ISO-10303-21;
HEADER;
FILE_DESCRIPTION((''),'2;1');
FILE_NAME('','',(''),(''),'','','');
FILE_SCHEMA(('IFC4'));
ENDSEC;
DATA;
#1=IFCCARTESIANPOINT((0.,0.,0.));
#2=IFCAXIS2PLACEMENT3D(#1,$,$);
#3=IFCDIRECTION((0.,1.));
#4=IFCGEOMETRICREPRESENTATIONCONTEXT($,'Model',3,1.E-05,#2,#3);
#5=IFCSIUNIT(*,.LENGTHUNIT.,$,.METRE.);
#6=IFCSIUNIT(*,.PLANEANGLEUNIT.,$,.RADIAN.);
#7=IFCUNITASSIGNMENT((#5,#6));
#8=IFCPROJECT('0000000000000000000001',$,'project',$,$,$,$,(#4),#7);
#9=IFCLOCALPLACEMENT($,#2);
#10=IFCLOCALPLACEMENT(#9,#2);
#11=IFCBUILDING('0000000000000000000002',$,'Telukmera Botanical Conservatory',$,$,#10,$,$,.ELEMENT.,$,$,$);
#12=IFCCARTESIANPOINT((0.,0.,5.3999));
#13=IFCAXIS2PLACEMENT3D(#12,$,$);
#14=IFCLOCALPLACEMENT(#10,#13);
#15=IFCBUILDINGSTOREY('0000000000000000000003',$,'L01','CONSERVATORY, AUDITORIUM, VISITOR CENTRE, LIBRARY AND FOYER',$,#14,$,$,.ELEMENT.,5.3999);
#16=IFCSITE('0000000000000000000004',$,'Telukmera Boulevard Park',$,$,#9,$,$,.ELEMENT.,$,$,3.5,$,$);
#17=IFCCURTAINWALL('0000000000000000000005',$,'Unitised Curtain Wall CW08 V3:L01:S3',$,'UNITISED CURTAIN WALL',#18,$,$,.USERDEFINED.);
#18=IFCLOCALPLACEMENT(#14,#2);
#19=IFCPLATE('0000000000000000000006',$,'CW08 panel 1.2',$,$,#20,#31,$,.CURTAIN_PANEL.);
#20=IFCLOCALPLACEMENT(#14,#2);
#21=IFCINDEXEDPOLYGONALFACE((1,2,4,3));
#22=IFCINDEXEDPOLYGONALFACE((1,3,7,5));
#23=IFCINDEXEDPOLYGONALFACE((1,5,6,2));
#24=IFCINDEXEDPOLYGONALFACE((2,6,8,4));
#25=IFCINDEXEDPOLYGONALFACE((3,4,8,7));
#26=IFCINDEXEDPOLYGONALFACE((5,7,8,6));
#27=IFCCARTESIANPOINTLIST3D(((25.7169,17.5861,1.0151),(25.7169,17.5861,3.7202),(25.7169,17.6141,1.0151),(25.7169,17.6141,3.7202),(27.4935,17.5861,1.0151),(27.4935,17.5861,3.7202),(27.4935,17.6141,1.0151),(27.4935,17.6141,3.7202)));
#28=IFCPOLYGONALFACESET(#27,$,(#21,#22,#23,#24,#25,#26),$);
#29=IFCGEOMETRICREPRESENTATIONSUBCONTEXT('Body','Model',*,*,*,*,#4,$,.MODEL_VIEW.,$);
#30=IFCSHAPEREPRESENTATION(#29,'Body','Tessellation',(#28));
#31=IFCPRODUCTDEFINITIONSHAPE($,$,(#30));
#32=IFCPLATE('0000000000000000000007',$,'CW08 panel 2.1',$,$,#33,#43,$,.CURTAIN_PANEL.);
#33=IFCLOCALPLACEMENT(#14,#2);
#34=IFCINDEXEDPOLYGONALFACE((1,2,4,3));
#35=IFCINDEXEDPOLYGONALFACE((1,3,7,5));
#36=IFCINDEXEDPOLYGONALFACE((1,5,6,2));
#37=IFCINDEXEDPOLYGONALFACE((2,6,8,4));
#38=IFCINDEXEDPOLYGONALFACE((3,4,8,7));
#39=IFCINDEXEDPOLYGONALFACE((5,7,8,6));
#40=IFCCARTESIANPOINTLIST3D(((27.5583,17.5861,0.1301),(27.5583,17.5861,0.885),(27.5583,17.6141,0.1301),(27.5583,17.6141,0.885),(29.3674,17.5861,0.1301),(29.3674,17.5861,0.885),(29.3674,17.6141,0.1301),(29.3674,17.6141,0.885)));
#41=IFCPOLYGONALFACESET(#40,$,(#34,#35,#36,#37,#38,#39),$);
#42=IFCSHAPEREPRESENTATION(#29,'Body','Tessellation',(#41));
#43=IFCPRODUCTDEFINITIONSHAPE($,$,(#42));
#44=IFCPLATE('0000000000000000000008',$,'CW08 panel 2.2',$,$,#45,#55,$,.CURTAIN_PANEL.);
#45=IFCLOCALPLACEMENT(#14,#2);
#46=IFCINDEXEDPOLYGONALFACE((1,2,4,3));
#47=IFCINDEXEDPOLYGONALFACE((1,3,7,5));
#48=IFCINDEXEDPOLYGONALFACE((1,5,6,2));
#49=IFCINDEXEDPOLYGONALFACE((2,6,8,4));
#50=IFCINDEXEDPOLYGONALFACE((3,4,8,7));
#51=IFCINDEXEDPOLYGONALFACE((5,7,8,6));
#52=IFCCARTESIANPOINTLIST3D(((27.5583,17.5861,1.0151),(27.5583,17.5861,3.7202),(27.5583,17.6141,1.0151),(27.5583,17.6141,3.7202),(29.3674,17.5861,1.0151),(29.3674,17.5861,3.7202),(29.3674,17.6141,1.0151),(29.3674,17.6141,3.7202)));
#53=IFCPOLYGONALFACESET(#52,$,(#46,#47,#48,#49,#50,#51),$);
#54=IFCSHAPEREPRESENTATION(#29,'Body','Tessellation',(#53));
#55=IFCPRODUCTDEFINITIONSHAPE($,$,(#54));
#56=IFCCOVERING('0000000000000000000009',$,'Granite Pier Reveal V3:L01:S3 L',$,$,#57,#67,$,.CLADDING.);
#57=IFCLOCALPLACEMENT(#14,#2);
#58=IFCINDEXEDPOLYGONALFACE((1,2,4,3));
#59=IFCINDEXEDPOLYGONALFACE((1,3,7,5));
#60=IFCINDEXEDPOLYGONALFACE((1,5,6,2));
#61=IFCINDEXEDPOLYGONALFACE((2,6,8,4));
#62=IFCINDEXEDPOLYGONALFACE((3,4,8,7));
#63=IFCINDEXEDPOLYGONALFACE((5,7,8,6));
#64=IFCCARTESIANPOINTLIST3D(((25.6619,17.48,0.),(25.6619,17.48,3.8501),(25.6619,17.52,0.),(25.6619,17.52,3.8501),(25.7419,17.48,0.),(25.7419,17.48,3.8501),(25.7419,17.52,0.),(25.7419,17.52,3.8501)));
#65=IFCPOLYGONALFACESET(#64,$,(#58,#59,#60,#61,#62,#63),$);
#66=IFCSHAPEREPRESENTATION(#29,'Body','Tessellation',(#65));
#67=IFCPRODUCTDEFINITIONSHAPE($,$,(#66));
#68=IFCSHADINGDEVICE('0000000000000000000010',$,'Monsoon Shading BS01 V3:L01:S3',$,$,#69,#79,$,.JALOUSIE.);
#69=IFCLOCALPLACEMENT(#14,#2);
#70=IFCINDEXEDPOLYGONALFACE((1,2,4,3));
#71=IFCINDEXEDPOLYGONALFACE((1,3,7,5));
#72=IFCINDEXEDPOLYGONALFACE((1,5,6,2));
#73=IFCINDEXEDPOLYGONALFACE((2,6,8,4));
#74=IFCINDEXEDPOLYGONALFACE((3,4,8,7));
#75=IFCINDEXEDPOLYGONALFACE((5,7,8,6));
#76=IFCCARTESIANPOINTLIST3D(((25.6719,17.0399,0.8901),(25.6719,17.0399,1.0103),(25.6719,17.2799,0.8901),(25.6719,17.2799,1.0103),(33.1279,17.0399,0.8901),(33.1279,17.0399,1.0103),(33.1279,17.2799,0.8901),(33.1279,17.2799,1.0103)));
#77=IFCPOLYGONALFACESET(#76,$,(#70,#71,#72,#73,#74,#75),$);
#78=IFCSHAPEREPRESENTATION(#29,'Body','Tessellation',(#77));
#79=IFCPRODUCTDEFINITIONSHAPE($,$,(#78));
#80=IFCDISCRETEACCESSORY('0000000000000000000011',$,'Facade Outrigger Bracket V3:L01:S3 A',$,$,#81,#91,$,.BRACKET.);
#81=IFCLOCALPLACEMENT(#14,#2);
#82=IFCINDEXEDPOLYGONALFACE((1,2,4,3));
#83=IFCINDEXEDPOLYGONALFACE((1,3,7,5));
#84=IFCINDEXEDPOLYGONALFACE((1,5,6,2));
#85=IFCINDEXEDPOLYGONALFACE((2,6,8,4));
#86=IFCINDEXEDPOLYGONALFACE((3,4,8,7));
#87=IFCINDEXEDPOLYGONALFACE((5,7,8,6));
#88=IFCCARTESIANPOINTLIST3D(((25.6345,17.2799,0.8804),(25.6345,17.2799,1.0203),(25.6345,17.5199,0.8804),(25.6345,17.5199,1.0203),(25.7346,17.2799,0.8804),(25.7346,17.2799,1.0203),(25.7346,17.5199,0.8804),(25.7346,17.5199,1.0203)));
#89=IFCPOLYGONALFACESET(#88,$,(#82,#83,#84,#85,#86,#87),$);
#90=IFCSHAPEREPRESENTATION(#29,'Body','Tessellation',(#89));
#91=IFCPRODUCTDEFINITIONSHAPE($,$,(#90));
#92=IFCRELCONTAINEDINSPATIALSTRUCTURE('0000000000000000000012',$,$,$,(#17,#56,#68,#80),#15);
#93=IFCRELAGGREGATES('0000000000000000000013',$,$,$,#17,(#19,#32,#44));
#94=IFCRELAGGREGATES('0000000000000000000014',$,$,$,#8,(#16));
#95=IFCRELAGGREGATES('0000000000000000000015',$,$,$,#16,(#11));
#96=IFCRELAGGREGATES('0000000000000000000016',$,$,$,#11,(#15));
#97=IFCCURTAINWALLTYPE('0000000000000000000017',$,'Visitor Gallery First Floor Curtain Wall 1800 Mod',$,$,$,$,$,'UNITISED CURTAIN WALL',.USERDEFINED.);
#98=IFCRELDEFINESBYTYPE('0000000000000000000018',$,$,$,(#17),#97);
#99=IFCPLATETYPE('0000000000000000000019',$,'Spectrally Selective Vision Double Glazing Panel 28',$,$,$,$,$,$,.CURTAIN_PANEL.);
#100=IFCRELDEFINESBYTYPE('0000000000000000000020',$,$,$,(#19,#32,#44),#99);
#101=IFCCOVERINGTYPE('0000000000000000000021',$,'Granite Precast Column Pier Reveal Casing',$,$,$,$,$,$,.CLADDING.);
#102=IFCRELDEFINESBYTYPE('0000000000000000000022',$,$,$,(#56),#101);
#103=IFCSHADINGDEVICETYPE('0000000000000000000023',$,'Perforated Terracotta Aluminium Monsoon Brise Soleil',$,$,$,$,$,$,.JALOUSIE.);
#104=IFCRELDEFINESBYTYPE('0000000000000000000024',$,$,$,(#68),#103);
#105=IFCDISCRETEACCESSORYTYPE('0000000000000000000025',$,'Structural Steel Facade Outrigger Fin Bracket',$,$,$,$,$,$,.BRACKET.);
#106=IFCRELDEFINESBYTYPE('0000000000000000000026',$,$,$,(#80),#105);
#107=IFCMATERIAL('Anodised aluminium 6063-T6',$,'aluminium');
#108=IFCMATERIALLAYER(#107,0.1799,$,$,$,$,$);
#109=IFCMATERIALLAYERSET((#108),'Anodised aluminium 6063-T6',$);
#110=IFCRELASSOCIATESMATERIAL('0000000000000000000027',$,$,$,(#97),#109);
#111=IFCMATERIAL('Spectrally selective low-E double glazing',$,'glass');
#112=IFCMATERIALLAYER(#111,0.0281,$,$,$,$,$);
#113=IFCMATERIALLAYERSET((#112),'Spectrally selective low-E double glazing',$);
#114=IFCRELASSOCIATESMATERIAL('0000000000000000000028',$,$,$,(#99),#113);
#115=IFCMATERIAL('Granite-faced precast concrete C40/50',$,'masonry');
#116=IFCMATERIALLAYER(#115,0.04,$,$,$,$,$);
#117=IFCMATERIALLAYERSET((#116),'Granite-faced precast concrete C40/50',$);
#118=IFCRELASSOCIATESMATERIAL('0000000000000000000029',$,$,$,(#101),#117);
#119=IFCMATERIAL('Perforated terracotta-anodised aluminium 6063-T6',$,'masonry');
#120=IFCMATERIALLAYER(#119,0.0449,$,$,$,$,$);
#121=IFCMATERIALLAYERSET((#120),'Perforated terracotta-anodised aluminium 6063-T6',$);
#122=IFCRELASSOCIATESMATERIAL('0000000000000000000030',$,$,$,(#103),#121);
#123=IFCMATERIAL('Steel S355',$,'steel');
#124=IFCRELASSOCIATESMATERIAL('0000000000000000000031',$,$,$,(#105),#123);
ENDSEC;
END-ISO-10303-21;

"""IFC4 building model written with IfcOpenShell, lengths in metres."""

from ifc_helpers import new_model, si_unit, direction, frame, origin, origin_2d, place, context, subcontext, project, spatial, rectangle, extrude, material, layer, layer_set, type_object, element, aggregate, save


model = new_model("IFC4")

# Units and contexts
model_context = context("Model", 3, precision=1e-05, world=origin(), true_north=direction((0.0, 1.0)))
body_context = subcontext(model_context, "Body", "Model", "MODEL_VIEW")
ifc_project = project(units=[si_unit("LENGTHUNIT", "METRE"), si_unit("PLANEANGLEUNIT", "RADIAN")], contexts=[model_context])

# Site, building, storey
site_placement = place(None, origin())
site = spatial("IfcSite", under=ifc_project, at=site_placement, Name="Telukmera Boulevard Park", CompositionType="ELEMENT", RefElevation=3.5)
building_placement = place(site_placement, origin())
building = spatial("IfcBuilding", under=site, at=building_placement, Name="Telukmera Botanical Conservatory", CompositionType="ELEMENT")
storey_placement = place(building_placement, frame((0.0, 0.0, 5.3999)))
storey = spatial("IfcBuildingStorey", under=building, at=storey_placement, Name="L01", Description="CONSERVATORY, AUDITORIUM, VISITOR CENTRE, LIBRARY AND FOYER", CompositionType="ELEMENT", Elevation=5.3999)

# Curtain wall, plates
ifc_material_1 = material(Name="Anodised aluminium 6063-T6", Category="aluminium")
ifc_layer_1 = layer(ifc_material_1, 0.1799)
ifc_layer_set_1 = layer_set([ifc_layer_1], Name="Anodised aluminium 6063-T6")
curtain_wall_type = type_object("IfcCurtainWallType", Name="Visitor Gallery First Floor Curtain Wall 1800 Mod", ElementType="UNITISED CURTAIN WALL", PredefinedType="USERDEFINED", material=ifc_layer_set_1)
curtain_wall_placement = place(storey_placement, origin())
curtain_wall = element("IfcCurtainWall", 1, at=curtain_wall_placement, inside=storey, type_object=curtain_wall_type, Name="Unitised Curtain Wall CW08 V3:L01:S3", ObjectType="UNITISED CURTAIN WALL", PredefinedType="USERDEFINED")
ifc_material_2 = material(Name="Spectrally selective low-E double glazing", Category="glass")
ifc_layer_2 = layer(ifc_material_2, 0.0281)
ifc_layer_set_2 = layer_set([ifc_layer_2], Name="Spectrally selective low-E double glazing")
plate_type = type_object("IfcPlateType", Name="Spectrally Selective Vision Double Glazing Panel 28", PredefinedType="CURTAIN_PANEL", material=ifc_layer_set_2)
plate_1_placement = place(storey_placement, frame((26.6052, 17.6001, 1.0151), z_axis=(0.0, 0.0, 1.0), x_axis=(1.0, 0.0, 0.0)))
plate_1 = element("IfcPlate", 2, at=plate_1_placement, type_object=plate_type, Name="CW08 panel 1.2", PredefinedType="CURTAIN_PANEL", context=body_context, shape_type="SweptSolid", body=[
    extrude(rectangle(XDim=1.7766, YDim=0.0281, at=origin_2d()), origin(), (0.0, 0.0, 1.0), 2.7051),
])
plate_2_placement = place(storey_placement, frame((28.4629, 17.6001, 0.1301), z_axis=(0.0, 0.0, 1.0), x_axis=(1.0, 0.0, 0.0)))
plate_2 = element("IfcPlate", 3, at=plate_2_placement, type_object=plate_type, Name="CW08 panel 2.1", PredefinedType="CURTAIN_PANEL", context=body_context, shape_type="SweptSolid", body=[
    extrude(rectangle(XDim=1.8091, YDim=0.0281, at=origin_2d()), origin(), (0.0, 0.0, 1.0), 0.7549),
])
plate_3_placement = place(storey_placement, frame((28.4629, 17.6001, 1.0151), z_axis=(0.0, 0.0, 1.0), x_axis=(1.0, 0.0, 0.0)))
plate_3 = element("IfcPlate", 4, at=plate_3_placement, type_object=plate_type, Name="CW08 panel 2.2", PredefinedType="CURTAIN_PANEL", context=body_context, shape_type="SweptSolid", body=[
    extrude(rectangle(XDim=1.8091, YDim=0.0281, at=origin_2d()), origin(), (0.0, 0.0, 1.0), 2.7051),
])
aggregate(curtain_wall, [plate_1, plate_2, plate_3])

# Covering
ifc_material_3 = material(Name="Granite-faced precast concrete C40/50", Category="masonry")
ifc_layer_3 = layer(ifc_material_3, 0.04)
ifc_layer_set_3 = layer_set([ifc_layer_3], Name="Granite-faced precast concrete C40/50")
covering_type = type_object("IfcCoveringType", Name="Granite Precast Column Pier Reveal Casing", PredefinedType="CLADDING", material=ifc_layer_set_3)
covering_placement = place(storey_placement, frame((25.7019, 17.5, 0.0), z_axis=(0.0, 0.0, 1.0), x_axis=(1.0, 0.0, 0.0)))
element("IfcCovering", 5, at=covering_placement, inside=storey, type_object=covering_type, Name="Granite Pier Reveal V3:L01:S3 L", PredefinedType="CLADDING", context=body_context, shape_type="SweptSolid", body=[
    extrude(rectangle(XDim=0.0801, YDim=0.04, at=origin_2d()), origin(), (0.0, 0.0, 1.0), 3.8501),
])

# Shading device
ifc_material_4 = material(Name="Perforated terracotta-anodised aluminium 6063-T6", Category="masonry")
ifc_layer_4 = layer(ifc_material_4, 0.0449)
ifc_layer_set_4 = layer_set([ifc_layer_4], Name="Perforated terracotta-anodised aluminium 6063-T6")
shading_device_type = type_object("IfcShadingDeviceType", Name="Perforated Terracotta Aluminium Monsoon Brise Soleil", PredefinedType="JALOUSIE", material=ifc_layer_set_4)
shading_device_placement = place(storey_placement, frame((29.3999, 17.1599, 0.8901), z_axis=(0.0, 0.0, 1.0), x_axis=(1.0, 0.0, 0.0)))
element("IfcShadingDevice", 6, at=shading_device_placement, inside=storey, type_object=shading_device_type, Name="Monsoon Shading BS01 V3:L01:S3", PredefinedType="JALOUSIE", context=body_context, shape_type="SweptSolid", body=[
    extrude(rectangle(XDim=7.4561, YDim=0.24, at=origin_2d()), origin(), (0.0, 0.0, 1.0), 0.1201),
])

# Discrete accessory
ifc_material_5 = material(Name="Steel S355", Category="steel")
discrete_accessory_type = type_object("IfcDiscreteAccessoryType", Name="Structural Steel Facade Outrigger Fin Bracket", PredefinedType="BRACKET", material=ifc_material_5)
discrete_accessory_placement = place(storey_placement, frame((25.6846, 17.3999, 0.8804), z_axis=(0.0, 0.0, 1.0), x_axis=(1.0, 0.0, 0.0)))
element("IfcDiscreteAccessory", 7, at=discrete_accessory_placement, inside=storey, type_object=discrete_accessory_type, Name="Facade Outrigger Bracket V3:L01:S3 A", PredefinedType="BRACKET", context=body_context, shape_type="SweptSolid", body=[
    extrude(rectangle(XDim=0.1001, YDim=0.24, at=origin_2d()), origin(), (0.0, 0.0, 1.0), 0.1399),
])

save(model, "model.ifc")
